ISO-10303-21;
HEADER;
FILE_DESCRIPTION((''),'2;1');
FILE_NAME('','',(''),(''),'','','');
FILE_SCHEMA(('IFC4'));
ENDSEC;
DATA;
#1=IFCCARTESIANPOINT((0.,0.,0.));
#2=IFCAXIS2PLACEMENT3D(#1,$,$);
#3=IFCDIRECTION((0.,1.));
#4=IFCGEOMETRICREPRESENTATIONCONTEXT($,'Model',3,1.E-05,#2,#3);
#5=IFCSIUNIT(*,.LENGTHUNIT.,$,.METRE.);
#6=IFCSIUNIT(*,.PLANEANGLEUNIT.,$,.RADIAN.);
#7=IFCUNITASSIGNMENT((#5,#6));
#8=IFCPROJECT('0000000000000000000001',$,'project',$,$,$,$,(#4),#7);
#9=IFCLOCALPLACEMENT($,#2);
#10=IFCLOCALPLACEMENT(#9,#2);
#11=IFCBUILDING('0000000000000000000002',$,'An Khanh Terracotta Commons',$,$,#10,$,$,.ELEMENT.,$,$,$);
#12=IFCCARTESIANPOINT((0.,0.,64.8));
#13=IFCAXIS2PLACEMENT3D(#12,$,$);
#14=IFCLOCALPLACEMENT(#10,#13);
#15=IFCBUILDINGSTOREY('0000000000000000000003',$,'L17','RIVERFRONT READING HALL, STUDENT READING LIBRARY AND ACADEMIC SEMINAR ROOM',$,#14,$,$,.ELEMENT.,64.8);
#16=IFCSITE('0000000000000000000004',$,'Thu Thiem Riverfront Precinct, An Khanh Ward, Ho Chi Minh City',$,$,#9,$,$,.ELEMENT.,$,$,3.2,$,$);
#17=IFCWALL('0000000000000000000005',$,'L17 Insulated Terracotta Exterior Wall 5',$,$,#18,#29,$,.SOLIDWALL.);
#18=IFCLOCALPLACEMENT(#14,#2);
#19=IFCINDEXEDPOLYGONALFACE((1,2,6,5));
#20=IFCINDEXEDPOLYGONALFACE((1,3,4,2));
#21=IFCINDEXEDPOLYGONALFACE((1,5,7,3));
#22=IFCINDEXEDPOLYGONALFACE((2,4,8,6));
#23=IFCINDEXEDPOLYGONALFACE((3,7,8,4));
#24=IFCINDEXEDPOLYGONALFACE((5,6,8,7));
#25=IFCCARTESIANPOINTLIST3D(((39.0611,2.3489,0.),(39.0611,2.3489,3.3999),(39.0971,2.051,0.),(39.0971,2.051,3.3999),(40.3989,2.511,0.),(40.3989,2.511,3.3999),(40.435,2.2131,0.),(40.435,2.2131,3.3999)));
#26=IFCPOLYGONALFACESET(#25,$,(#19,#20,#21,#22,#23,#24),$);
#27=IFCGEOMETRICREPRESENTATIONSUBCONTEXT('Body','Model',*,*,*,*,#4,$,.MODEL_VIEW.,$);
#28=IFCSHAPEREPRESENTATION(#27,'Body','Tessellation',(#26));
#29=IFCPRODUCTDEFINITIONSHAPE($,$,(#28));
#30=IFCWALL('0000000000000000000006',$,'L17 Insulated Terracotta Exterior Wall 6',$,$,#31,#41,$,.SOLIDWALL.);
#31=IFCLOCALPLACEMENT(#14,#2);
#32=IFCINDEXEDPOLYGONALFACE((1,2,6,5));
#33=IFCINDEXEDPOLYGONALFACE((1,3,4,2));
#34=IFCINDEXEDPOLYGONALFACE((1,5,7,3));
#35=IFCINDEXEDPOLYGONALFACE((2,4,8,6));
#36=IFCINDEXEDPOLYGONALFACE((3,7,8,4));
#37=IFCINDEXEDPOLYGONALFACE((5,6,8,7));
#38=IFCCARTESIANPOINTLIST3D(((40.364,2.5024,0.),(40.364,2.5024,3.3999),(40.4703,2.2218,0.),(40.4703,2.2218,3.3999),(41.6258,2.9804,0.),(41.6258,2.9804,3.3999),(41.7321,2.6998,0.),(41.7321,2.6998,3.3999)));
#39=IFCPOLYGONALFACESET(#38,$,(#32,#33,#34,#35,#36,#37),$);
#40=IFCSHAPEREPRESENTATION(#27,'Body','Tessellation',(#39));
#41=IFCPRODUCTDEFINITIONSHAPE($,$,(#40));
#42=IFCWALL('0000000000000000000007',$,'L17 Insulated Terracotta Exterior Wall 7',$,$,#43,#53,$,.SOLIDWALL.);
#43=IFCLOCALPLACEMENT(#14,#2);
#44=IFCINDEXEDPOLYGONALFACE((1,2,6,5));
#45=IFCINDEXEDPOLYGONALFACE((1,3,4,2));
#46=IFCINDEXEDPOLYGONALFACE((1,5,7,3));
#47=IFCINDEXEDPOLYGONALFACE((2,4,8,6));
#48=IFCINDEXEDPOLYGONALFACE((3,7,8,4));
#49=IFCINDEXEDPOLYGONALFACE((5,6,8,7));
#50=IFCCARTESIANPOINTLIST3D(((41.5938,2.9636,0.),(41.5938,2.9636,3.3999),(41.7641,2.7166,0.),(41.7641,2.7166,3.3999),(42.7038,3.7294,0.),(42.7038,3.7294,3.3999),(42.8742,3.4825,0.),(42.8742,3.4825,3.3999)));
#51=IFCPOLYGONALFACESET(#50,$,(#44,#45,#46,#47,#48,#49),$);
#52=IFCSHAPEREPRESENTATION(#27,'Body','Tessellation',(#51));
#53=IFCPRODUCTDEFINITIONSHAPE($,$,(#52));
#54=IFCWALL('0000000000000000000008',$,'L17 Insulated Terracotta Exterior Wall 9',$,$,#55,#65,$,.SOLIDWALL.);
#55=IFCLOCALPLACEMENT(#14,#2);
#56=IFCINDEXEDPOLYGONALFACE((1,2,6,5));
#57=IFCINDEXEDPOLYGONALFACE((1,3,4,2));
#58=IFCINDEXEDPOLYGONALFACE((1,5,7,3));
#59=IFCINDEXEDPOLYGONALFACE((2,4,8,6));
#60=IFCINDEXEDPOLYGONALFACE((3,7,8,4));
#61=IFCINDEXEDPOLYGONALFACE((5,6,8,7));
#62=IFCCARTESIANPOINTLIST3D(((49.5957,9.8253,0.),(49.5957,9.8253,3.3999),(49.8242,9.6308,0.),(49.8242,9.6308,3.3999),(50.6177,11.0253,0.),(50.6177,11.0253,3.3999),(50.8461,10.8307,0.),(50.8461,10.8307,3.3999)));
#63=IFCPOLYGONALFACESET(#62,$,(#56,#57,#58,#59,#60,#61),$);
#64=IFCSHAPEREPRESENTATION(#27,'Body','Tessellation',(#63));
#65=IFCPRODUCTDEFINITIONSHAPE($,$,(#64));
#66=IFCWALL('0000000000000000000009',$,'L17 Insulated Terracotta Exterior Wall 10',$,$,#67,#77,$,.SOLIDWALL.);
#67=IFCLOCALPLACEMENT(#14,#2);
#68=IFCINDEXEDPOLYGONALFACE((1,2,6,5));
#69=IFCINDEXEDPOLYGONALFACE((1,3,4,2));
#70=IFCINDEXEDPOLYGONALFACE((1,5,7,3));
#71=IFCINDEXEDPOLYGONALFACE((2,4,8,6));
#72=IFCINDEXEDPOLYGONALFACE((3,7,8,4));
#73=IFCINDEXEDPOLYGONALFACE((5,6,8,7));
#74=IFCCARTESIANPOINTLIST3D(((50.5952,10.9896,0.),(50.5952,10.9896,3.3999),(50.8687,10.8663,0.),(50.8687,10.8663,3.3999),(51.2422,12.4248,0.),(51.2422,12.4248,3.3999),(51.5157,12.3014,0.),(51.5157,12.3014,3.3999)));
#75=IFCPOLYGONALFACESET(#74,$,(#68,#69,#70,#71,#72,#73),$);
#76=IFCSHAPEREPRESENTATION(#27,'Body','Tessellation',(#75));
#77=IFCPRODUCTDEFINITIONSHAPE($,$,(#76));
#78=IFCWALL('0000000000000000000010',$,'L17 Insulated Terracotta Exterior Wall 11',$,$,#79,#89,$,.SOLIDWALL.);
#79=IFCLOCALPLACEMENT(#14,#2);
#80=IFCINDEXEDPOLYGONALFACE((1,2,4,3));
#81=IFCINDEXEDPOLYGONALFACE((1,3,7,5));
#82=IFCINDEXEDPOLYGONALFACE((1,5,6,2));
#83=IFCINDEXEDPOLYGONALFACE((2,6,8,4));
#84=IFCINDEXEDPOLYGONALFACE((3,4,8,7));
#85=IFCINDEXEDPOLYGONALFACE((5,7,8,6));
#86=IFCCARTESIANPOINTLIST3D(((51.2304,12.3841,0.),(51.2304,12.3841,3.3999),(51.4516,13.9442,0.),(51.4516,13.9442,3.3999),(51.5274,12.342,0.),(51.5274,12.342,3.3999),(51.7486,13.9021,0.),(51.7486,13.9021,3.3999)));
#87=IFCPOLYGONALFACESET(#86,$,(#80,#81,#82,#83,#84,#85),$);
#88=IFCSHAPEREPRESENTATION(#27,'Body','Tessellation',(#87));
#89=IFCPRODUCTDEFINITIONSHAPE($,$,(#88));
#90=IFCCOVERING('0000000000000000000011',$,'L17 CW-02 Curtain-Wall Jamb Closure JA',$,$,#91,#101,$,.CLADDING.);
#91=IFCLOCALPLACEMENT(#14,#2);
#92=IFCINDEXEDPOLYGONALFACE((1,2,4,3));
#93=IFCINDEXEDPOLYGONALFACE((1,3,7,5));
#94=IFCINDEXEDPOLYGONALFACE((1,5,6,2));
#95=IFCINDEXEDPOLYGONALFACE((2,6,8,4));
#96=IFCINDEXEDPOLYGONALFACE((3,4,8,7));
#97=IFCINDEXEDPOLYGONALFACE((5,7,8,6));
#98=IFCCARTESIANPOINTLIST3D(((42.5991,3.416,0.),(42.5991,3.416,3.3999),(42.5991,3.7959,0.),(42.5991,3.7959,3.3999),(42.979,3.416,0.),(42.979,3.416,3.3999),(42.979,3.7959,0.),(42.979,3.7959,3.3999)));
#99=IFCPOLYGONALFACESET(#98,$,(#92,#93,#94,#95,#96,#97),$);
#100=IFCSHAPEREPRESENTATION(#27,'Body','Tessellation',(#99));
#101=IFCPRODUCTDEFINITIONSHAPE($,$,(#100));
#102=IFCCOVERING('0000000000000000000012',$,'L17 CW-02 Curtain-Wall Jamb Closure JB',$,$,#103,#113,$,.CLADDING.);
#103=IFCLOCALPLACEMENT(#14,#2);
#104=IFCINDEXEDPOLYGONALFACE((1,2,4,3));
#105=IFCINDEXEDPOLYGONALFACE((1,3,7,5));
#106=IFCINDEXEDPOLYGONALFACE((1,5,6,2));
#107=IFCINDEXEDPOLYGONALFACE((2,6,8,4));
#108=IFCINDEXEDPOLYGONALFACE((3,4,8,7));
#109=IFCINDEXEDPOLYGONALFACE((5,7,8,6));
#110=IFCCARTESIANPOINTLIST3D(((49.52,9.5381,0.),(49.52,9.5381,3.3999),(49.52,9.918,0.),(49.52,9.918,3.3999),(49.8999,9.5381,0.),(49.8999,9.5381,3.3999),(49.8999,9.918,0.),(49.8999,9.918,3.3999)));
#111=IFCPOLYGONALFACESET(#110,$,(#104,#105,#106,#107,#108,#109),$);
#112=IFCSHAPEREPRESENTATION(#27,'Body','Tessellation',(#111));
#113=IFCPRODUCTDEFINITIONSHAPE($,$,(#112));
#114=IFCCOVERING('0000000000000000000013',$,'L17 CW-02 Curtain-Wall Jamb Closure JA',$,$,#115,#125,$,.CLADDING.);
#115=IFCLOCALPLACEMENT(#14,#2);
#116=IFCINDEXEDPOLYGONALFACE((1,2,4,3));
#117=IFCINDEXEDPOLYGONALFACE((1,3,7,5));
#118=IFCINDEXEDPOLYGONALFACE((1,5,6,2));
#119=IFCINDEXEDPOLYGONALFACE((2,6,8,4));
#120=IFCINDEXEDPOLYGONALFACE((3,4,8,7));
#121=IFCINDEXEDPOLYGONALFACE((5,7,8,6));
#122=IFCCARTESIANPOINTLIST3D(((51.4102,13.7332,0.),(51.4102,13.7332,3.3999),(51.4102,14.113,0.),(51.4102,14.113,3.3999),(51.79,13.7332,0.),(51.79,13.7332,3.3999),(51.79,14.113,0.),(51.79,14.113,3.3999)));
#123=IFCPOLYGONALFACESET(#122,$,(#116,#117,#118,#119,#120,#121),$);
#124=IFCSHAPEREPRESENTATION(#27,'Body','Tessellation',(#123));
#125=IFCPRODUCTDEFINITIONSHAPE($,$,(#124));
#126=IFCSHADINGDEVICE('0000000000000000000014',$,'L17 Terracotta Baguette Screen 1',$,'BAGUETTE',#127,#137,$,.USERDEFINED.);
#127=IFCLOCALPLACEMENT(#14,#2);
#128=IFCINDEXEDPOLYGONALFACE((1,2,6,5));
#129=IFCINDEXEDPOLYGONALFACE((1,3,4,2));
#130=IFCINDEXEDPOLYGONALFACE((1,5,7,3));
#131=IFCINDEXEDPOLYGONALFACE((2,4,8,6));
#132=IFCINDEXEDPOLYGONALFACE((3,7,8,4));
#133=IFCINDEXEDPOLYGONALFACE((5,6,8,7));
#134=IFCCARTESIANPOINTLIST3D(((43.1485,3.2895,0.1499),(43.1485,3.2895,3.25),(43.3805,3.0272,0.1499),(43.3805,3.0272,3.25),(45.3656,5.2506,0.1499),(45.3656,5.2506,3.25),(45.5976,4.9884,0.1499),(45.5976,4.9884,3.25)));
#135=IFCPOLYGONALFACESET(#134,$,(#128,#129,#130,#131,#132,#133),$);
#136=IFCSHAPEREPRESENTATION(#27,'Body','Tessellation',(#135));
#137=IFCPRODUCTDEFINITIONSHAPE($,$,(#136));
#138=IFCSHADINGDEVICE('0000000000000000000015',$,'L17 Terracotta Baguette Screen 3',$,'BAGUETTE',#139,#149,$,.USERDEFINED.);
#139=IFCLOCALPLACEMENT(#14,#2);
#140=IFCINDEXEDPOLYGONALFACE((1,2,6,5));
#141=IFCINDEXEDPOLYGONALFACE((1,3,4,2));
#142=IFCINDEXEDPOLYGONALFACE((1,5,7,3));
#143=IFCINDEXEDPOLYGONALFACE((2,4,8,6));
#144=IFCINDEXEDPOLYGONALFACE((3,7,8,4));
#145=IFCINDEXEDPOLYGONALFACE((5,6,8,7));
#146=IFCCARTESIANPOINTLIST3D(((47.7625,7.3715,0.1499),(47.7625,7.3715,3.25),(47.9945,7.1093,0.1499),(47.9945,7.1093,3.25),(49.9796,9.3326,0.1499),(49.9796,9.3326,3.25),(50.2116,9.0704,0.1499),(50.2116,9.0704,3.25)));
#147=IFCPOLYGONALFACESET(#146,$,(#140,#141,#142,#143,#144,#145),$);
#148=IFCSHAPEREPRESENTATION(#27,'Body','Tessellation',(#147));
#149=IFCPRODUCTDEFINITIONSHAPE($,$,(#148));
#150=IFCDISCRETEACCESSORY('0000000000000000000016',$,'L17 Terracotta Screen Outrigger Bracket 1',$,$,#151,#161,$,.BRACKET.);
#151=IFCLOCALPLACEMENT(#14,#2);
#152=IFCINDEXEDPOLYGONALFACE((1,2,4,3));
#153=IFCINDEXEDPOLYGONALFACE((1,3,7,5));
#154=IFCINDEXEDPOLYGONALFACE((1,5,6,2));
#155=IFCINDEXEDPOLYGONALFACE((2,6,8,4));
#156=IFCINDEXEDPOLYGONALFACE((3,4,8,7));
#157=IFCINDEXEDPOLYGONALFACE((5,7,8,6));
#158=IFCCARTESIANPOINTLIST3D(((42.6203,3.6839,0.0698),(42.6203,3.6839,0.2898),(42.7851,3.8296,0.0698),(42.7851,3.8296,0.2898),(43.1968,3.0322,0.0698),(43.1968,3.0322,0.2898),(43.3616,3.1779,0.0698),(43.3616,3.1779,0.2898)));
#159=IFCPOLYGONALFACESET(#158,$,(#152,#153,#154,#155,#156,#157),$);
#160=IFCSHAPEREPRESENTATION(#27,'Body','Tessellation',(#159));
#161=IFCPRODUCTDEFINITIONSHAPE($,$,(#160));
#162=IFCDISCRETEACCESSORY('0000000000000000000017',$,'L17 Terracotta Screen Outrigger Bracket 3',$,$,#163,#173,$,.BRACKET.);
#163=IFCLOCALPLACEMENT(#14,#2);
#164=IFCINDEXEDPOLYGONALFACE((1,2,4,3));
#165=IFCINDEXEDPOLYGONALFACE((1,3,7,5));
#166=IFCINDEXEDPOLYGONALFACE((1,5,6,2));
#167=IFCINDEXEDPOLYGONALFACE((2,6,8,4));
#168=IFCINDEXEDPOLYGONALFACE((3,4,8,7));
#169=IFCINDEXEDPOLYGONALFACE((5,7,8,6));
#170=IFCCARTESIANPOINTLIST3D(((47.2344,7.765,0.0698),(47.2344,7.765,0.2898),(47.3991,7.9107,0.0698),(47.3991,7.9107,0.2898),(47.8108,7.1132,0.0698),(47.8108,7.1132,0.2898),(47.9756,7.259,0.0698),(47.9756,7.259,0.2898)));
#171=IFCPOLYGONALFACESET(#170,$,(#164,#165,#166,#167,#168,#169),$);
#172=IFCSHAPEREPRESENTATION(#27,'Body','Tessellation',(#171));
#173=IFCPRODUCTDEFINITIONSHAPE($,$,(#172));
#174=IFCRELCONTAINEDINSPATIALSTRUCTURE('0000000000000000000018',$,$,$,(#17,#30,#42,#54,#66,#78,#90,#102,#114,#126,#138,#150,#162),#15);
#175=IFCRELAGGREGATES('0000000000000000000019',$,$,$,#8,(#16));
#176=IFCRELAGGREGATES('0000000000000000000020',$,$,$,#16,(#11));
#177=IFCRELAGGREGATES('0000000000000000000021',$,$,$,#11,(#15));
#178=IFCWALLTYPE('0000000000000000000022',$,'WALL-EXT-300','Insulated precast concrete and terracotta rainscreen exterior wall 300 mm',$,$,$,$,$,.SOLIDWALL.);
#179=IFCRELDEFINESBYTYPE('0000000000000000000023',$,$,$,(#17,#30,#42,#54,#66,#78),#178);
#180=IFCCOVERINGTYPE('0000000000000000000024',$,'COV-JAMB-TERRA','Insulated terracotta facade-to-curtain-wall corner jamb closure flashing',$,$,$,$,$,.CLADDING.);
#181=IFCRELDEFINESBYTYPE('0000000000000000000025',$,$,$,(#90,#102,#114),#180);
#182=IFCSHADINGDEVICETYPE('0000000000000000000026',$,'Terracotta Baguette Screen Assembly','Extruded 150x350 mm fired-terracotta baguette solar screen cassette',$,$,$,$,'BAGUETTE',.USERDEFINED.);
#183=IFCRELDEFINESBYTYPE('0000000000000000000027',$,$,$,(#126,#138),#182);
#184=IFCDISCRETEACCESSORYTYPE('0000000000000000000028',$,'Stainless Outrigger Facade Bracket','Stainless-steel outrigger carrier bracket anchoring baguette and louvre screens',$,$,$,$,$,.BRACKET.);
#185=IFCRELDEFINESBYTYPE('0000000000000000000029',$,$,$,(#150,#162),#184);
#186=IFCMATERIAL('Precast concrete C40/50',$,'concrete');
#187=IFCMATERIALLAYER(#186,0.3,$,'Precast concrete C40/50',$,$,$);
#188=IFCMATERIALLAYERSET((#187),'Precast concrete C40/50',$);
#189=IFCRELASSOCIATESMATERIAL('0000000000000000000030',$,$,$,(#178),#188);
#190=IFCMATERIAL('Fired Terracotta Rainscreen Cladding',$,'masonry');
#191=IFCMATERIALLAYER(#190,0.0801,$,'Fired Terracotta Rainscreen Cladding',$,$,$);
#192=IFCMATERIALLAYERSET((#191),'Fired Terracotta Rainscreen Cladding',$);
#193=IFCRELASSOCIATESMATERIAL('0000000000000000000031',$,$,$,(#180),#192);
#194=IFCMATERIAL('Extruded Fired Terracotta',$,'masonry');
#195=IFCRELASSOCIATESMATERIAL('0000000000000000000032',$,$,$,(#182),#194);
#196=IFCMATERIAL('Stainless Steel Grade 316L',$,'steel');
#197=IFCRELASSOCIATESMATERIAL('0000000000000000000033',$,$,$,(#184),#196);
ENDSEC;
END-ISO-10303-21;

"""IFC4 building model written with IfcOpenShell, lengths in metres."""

from ifc_helpers import new_model, si_unit, direction, frame, frame_2d, origin, origin_2d, place, context, subcontext, project, spatial, rectangle, extrude, material, layer, layer_set, type_object, element, save


model = new_model("IFC4")

# Units and contexts
model_context = context("Model", 3, precision=1e-05, world=origin(), true_north=direction((0.0, 1.0)))
body_context = subcontext(model_context, "Body", "Model", "MODEL_VIEW")
ifc_project = project(units=[si_unit("LENGTHUNIT", "METRE"), si_unit("PLANEANGLEUNIT", "RADIAN")], contexts=[model_context])

# Site, building, storey
site_placement = place(None, origin())
site = spatial("IfcSite", under=ifc_project, at=site_placement, Name="Thu Thiem Riverfront Precinct, An Khanh Ward, Ho Chi Minh City", CompositionType="ELEMENT", RefElevation=3.2)
building_placement = place(site_placement, origin())
building = spatial("IfcBuilding", under=site, at=building_placement, Name="An Khanh Terracotta Commons", CompositionType="ELEMENT")
storey_placement = place(building_placement, frame((0.0, 0.0, 64.8)))
storey = spatial("IfcBuildingStorey", under=building, at=storey_placement, Name="L17", Description="RIVERFRONT READING HALL, STUDENT READING LIBRARY AND ACADEMIC SEMINAR ROOM", CompositionType="ELEMENT", Elevation=64.8)

# Walls
ifc_material_1 = material(Name="Precast concrete C40/50", Category="concrete")
ifc_layer_1 = layer(ifc_material_1, 0.3, Name="Precast concrete C40/50")
ifc_layer_set_1 = layer_set([ifc_layer_1], Name="Precast concrete C40/50")
wall_type_1 = type_object("IfcWallType", Name="WALL-EXT-300", Description="Insulated precast concrete and terracotta rainscreen exterior wall 300 mm", PredefinedType="SOLIDWALL", material=ifc_layer_set_1)
wall_1_placement = place(storey_placement, frame((39.0791, 2.2, 0.0), z_axis=(0.0, 0.0, 1.0), x_axis=(0.992739, 0.120288, 0.0)))
element("IfcWall", 1, at=wall_1_placement, inside=storey, type_object=wall_type_1, Name="L17 Insulated Terracotta Exterior Wall 5", PredefinedType="SOLIDWALL", context=body_context, shape_type="SweptSolid", body=[
    extrude(rectangle(XDim=1.3477, YDim=0.3, at=frame_2d((0.6738, 0.0))), origin(), (0.0, 0.0, 1.0), 3.3999),
])
wall_2_placement = place(storey_placement, frame((40.417, 2.3621, 0.0), z_axis=(0.0, 0.0, 1.0), x_axis=(0.935157, 0.354234, 0.0)))
element("IfcWall", 2, at=wall_2_placement, inside=storey, type_object=wall_type_1, Name="L17 Insulated Terracotta Exterior Wall 6", PredefinedType="SOLIDWALL", context=body_context, shape_type="SweptSolid", body=[
    extrude(rectangle(XDim=1.3494, YDim=0.3, at=frame_2d((0.6748, 0.0))), origin(), (0.0, 0.0, 1.0), 3.3999),
])
wall_3_placement = place(storey_placement, frame((41.679, 2.8401, 0.0), z_axis=(0.0, 0.0, 1.0), x_axis=(0.823117, 0.567873, 0.0)))
element("IfcWall", 3, at=wall_3_placement, inside=storey, type_object=wall_type_1, Name="L17 Insulated Terracotta Exterior Wall 7", PredefinedType="SOLIDWALL", context=body_context, shape_type="SweptSolid", body=[
    extrude(rectangle(XDim=1.3486, YDim=0.3, at=frame_2d((0.6743, 0.0))), origin(), (0.0, 0.0, 1.0), 3.3999),
])
wall_4_placement = place(storey_placement, frame((49.71, 9.728, 0.0), z_axis=(0.0, 0.0, 1.0), x_axis=(0.64839, 0.761308, 0.0)))
element("IfcWall", 4, at=wall_4_placement, inside=storey, type_object=wall_type_1, Name="L17 Insulated Terracotta Exterior Wall 9", PredefinedType="SOLIDWALL", context=body_context, shape_type="SweptSolid", body=[
    extrude(rectangle(XDim=1.5762, YDim=0.3, at=frame_2d((0.7881, 0.0))), origin(), (0.0, 0.0, 1.0), 3.3999),
])
wall_5_placement = place(storey_placement, frame((50.7319, 10.928, 0.0), z_axis=(0.0, 0.0, 1.0), x_axis=(0.410997, 0.911637, 0.0)))
element("IfcWall", 5, at=wall_5_placement, inside=storey, type_object=wall_type_1, Name="L17 Insulated Terracotta Exterior Wall 10", PredefinedType="SOLIDWALL", context=body_context, shape_type="SweptSolid", body=[
    extrude(rectangle(XDim=1.5742, YDim=0.3, at=frame_2d((0.7871, 0.0))), origin(), (0.0, 0.0, 1.0), 3.3999),
])
wall_6_placement = place(storey_placement, frame((51.3789, 12.363, 0.0), z_axis=(0.0, 0.0, 1.0), x_axis=(0.14038, 0.990098, 0.0)))
element("IfcWall", 6, at=wall_6_placement, inside=storey, type_object=wall_type_1, Name="L17 Insulated Terracotta Exterior Wall 11", PredefinedType="SOLIDWALL", context=body_context, shape_type="SweptSolid", body=[
    extrude(rectangle(XDim=1.5757, YDim=0.3, at=frame_2d((0.7878, 0.0))), origin(), (0.0, 0.0, 1.0), 3.3999),
])

# Coverings
ifc_material_2 = material(Name="Fired Terracotta Rainscreen Cladding", Category="masonry")
ifc_layer_2 = layer(ifc_material_2, 0.0801, Name="Fired Terracotta Rainscreen Cladding")
ifc_layer_set_2 = layer_set([ifc_layer_2], Name="Fired Terracotta Rainscreen Cladding")
covering_type = type_object("IfcCoveringType", Name="COV-JAMB-TERRA", Description="Insulated terracotta facade-to-curtain-wall corner jamb closure flashing", PredefinedType="CLADDING", material=ifc_layer_set_2)
for number, where, z_axis, x_axis, name in (
    (7, (42.7891, 3.606, 0.0), (0.0, 0.0, 1.0), (1.0, 0.0, 0.0), "L17 CW-02 Curtain-Wall Jamb Closure JA"),
    (8, (49.71, 9.728, 0.0), (0.0, 0.0, 1.0), (1.0, 0.0, 0.0), "L17 CW-02 Curtain-Wall Jamb Closure JB"),
    (9, (51.6001, 13.9231, 0.0), (0.0, 0.0, 1.0), (1.0, 0.0, 0.0), "L17 CW-02 Curtain-Wall Jamb Closure JA"),
):
    element("IfcCovering", number, at=place(storey_placement, frame(where, z_axis=z_axis, x_axis=x_axis)), inside=storey, type_object=covering_type, Name=name, PredefinedType="CLADDING", context=body_context, shape_type="SweptSolid", body=[
        extrude(rectangle(XDim=0.3799, YDim=0.3799, at=origin_2d()), origin(), (0.0, 0.0, 1.0), 3.3999),
    ])

# Shading devices
ifc_material_3 = material(Name="Extruded Fired Terracotta", Category="masonry")
shading_device_type = type_object("IfcShadingDeviceType", Name="Terracotta Baguette Screen Assembly", Description="Extruded 150x350 mm fired-terracotta baguette solar screen cassette", ElementType="BAGUETTE", PredefinedType="USERDEFINED", material=ifc_material_3)
for number, where, z_axis, x_axis, name in (
    (10, (44.373, 4.1389, 0.1499), (0.0, 0.0, 1.0), (0.749019, 0.662548, 0.0), "L17 Terracotta Baguette Screen 1"),
    (11, (48.9871, 8.2209, 0.1499), (0.0, 0.0, 1.0), (0.749019, 0.662548, 0.0), "L17 Terracotta Baguette Screen 3"),
):
    element("IfcShadingDevice", number, at=place(storey_placement, frame(where, z_axis=z_axis, x_axis=x_axis)), inside=storey, type_object=shading_device_type, Name=name, ObjectType="BAGUETTE", PredefinedType="USERDEFINED", context=body_context, shape_type="SweptSolid", body=[
        extrude(rectangle(XDim=2.96, YDim=0.3501, at=origin_2d()), origin(), (0.0, 0.0, 1.0), 3.1001),
    ])

# Discrete accessories
ifc_material_4 = material(Name="Stainless Steel Grade 316L", Category="steel")
discrete_accessory_type = type_object("IfcDiscreteAccessoryType", Name="Stainless Outrigger Facade Bracket", Description="Stainless-steel outrigger carrier bracket anchoring baguette and louvre screens", PredefinedType="BRACKET", material=ifc_material_4)
for number, where, z_axis, x_axis, name in (
    (12, (42.991, 3.4309, 0.0698), (0.0, 0.0, 1.0), (0.749019, 0.662548, 0.0), "L17 Terracotta Screen Outrigger Bracket 1"),
    (13, (47.605, 7.512, 0.0698), (0.0, 0.0, 1.0), (0.749019, 0.662548, 0.0), "L17 Terracotta Screen Outrigger Bracket 3"),
):
    element("IfcDiscreteAccessory", number, at=place(storey_placement, frame(where, z_axis=z_axis, x_axis=x_axis)), inside=storey, type_object=discrete_accessory_type, Name=name, PredefinedType="BRACKET", context=body_context, shape_type="SweptSolid", body=[
        extrude(rectangle(XDim=0.22, YDim=0.8701, at=origin_2d()), origin(), (0.0, 0.0, 1.0), 0.22),
    ])

save(model, "model.ifc")
